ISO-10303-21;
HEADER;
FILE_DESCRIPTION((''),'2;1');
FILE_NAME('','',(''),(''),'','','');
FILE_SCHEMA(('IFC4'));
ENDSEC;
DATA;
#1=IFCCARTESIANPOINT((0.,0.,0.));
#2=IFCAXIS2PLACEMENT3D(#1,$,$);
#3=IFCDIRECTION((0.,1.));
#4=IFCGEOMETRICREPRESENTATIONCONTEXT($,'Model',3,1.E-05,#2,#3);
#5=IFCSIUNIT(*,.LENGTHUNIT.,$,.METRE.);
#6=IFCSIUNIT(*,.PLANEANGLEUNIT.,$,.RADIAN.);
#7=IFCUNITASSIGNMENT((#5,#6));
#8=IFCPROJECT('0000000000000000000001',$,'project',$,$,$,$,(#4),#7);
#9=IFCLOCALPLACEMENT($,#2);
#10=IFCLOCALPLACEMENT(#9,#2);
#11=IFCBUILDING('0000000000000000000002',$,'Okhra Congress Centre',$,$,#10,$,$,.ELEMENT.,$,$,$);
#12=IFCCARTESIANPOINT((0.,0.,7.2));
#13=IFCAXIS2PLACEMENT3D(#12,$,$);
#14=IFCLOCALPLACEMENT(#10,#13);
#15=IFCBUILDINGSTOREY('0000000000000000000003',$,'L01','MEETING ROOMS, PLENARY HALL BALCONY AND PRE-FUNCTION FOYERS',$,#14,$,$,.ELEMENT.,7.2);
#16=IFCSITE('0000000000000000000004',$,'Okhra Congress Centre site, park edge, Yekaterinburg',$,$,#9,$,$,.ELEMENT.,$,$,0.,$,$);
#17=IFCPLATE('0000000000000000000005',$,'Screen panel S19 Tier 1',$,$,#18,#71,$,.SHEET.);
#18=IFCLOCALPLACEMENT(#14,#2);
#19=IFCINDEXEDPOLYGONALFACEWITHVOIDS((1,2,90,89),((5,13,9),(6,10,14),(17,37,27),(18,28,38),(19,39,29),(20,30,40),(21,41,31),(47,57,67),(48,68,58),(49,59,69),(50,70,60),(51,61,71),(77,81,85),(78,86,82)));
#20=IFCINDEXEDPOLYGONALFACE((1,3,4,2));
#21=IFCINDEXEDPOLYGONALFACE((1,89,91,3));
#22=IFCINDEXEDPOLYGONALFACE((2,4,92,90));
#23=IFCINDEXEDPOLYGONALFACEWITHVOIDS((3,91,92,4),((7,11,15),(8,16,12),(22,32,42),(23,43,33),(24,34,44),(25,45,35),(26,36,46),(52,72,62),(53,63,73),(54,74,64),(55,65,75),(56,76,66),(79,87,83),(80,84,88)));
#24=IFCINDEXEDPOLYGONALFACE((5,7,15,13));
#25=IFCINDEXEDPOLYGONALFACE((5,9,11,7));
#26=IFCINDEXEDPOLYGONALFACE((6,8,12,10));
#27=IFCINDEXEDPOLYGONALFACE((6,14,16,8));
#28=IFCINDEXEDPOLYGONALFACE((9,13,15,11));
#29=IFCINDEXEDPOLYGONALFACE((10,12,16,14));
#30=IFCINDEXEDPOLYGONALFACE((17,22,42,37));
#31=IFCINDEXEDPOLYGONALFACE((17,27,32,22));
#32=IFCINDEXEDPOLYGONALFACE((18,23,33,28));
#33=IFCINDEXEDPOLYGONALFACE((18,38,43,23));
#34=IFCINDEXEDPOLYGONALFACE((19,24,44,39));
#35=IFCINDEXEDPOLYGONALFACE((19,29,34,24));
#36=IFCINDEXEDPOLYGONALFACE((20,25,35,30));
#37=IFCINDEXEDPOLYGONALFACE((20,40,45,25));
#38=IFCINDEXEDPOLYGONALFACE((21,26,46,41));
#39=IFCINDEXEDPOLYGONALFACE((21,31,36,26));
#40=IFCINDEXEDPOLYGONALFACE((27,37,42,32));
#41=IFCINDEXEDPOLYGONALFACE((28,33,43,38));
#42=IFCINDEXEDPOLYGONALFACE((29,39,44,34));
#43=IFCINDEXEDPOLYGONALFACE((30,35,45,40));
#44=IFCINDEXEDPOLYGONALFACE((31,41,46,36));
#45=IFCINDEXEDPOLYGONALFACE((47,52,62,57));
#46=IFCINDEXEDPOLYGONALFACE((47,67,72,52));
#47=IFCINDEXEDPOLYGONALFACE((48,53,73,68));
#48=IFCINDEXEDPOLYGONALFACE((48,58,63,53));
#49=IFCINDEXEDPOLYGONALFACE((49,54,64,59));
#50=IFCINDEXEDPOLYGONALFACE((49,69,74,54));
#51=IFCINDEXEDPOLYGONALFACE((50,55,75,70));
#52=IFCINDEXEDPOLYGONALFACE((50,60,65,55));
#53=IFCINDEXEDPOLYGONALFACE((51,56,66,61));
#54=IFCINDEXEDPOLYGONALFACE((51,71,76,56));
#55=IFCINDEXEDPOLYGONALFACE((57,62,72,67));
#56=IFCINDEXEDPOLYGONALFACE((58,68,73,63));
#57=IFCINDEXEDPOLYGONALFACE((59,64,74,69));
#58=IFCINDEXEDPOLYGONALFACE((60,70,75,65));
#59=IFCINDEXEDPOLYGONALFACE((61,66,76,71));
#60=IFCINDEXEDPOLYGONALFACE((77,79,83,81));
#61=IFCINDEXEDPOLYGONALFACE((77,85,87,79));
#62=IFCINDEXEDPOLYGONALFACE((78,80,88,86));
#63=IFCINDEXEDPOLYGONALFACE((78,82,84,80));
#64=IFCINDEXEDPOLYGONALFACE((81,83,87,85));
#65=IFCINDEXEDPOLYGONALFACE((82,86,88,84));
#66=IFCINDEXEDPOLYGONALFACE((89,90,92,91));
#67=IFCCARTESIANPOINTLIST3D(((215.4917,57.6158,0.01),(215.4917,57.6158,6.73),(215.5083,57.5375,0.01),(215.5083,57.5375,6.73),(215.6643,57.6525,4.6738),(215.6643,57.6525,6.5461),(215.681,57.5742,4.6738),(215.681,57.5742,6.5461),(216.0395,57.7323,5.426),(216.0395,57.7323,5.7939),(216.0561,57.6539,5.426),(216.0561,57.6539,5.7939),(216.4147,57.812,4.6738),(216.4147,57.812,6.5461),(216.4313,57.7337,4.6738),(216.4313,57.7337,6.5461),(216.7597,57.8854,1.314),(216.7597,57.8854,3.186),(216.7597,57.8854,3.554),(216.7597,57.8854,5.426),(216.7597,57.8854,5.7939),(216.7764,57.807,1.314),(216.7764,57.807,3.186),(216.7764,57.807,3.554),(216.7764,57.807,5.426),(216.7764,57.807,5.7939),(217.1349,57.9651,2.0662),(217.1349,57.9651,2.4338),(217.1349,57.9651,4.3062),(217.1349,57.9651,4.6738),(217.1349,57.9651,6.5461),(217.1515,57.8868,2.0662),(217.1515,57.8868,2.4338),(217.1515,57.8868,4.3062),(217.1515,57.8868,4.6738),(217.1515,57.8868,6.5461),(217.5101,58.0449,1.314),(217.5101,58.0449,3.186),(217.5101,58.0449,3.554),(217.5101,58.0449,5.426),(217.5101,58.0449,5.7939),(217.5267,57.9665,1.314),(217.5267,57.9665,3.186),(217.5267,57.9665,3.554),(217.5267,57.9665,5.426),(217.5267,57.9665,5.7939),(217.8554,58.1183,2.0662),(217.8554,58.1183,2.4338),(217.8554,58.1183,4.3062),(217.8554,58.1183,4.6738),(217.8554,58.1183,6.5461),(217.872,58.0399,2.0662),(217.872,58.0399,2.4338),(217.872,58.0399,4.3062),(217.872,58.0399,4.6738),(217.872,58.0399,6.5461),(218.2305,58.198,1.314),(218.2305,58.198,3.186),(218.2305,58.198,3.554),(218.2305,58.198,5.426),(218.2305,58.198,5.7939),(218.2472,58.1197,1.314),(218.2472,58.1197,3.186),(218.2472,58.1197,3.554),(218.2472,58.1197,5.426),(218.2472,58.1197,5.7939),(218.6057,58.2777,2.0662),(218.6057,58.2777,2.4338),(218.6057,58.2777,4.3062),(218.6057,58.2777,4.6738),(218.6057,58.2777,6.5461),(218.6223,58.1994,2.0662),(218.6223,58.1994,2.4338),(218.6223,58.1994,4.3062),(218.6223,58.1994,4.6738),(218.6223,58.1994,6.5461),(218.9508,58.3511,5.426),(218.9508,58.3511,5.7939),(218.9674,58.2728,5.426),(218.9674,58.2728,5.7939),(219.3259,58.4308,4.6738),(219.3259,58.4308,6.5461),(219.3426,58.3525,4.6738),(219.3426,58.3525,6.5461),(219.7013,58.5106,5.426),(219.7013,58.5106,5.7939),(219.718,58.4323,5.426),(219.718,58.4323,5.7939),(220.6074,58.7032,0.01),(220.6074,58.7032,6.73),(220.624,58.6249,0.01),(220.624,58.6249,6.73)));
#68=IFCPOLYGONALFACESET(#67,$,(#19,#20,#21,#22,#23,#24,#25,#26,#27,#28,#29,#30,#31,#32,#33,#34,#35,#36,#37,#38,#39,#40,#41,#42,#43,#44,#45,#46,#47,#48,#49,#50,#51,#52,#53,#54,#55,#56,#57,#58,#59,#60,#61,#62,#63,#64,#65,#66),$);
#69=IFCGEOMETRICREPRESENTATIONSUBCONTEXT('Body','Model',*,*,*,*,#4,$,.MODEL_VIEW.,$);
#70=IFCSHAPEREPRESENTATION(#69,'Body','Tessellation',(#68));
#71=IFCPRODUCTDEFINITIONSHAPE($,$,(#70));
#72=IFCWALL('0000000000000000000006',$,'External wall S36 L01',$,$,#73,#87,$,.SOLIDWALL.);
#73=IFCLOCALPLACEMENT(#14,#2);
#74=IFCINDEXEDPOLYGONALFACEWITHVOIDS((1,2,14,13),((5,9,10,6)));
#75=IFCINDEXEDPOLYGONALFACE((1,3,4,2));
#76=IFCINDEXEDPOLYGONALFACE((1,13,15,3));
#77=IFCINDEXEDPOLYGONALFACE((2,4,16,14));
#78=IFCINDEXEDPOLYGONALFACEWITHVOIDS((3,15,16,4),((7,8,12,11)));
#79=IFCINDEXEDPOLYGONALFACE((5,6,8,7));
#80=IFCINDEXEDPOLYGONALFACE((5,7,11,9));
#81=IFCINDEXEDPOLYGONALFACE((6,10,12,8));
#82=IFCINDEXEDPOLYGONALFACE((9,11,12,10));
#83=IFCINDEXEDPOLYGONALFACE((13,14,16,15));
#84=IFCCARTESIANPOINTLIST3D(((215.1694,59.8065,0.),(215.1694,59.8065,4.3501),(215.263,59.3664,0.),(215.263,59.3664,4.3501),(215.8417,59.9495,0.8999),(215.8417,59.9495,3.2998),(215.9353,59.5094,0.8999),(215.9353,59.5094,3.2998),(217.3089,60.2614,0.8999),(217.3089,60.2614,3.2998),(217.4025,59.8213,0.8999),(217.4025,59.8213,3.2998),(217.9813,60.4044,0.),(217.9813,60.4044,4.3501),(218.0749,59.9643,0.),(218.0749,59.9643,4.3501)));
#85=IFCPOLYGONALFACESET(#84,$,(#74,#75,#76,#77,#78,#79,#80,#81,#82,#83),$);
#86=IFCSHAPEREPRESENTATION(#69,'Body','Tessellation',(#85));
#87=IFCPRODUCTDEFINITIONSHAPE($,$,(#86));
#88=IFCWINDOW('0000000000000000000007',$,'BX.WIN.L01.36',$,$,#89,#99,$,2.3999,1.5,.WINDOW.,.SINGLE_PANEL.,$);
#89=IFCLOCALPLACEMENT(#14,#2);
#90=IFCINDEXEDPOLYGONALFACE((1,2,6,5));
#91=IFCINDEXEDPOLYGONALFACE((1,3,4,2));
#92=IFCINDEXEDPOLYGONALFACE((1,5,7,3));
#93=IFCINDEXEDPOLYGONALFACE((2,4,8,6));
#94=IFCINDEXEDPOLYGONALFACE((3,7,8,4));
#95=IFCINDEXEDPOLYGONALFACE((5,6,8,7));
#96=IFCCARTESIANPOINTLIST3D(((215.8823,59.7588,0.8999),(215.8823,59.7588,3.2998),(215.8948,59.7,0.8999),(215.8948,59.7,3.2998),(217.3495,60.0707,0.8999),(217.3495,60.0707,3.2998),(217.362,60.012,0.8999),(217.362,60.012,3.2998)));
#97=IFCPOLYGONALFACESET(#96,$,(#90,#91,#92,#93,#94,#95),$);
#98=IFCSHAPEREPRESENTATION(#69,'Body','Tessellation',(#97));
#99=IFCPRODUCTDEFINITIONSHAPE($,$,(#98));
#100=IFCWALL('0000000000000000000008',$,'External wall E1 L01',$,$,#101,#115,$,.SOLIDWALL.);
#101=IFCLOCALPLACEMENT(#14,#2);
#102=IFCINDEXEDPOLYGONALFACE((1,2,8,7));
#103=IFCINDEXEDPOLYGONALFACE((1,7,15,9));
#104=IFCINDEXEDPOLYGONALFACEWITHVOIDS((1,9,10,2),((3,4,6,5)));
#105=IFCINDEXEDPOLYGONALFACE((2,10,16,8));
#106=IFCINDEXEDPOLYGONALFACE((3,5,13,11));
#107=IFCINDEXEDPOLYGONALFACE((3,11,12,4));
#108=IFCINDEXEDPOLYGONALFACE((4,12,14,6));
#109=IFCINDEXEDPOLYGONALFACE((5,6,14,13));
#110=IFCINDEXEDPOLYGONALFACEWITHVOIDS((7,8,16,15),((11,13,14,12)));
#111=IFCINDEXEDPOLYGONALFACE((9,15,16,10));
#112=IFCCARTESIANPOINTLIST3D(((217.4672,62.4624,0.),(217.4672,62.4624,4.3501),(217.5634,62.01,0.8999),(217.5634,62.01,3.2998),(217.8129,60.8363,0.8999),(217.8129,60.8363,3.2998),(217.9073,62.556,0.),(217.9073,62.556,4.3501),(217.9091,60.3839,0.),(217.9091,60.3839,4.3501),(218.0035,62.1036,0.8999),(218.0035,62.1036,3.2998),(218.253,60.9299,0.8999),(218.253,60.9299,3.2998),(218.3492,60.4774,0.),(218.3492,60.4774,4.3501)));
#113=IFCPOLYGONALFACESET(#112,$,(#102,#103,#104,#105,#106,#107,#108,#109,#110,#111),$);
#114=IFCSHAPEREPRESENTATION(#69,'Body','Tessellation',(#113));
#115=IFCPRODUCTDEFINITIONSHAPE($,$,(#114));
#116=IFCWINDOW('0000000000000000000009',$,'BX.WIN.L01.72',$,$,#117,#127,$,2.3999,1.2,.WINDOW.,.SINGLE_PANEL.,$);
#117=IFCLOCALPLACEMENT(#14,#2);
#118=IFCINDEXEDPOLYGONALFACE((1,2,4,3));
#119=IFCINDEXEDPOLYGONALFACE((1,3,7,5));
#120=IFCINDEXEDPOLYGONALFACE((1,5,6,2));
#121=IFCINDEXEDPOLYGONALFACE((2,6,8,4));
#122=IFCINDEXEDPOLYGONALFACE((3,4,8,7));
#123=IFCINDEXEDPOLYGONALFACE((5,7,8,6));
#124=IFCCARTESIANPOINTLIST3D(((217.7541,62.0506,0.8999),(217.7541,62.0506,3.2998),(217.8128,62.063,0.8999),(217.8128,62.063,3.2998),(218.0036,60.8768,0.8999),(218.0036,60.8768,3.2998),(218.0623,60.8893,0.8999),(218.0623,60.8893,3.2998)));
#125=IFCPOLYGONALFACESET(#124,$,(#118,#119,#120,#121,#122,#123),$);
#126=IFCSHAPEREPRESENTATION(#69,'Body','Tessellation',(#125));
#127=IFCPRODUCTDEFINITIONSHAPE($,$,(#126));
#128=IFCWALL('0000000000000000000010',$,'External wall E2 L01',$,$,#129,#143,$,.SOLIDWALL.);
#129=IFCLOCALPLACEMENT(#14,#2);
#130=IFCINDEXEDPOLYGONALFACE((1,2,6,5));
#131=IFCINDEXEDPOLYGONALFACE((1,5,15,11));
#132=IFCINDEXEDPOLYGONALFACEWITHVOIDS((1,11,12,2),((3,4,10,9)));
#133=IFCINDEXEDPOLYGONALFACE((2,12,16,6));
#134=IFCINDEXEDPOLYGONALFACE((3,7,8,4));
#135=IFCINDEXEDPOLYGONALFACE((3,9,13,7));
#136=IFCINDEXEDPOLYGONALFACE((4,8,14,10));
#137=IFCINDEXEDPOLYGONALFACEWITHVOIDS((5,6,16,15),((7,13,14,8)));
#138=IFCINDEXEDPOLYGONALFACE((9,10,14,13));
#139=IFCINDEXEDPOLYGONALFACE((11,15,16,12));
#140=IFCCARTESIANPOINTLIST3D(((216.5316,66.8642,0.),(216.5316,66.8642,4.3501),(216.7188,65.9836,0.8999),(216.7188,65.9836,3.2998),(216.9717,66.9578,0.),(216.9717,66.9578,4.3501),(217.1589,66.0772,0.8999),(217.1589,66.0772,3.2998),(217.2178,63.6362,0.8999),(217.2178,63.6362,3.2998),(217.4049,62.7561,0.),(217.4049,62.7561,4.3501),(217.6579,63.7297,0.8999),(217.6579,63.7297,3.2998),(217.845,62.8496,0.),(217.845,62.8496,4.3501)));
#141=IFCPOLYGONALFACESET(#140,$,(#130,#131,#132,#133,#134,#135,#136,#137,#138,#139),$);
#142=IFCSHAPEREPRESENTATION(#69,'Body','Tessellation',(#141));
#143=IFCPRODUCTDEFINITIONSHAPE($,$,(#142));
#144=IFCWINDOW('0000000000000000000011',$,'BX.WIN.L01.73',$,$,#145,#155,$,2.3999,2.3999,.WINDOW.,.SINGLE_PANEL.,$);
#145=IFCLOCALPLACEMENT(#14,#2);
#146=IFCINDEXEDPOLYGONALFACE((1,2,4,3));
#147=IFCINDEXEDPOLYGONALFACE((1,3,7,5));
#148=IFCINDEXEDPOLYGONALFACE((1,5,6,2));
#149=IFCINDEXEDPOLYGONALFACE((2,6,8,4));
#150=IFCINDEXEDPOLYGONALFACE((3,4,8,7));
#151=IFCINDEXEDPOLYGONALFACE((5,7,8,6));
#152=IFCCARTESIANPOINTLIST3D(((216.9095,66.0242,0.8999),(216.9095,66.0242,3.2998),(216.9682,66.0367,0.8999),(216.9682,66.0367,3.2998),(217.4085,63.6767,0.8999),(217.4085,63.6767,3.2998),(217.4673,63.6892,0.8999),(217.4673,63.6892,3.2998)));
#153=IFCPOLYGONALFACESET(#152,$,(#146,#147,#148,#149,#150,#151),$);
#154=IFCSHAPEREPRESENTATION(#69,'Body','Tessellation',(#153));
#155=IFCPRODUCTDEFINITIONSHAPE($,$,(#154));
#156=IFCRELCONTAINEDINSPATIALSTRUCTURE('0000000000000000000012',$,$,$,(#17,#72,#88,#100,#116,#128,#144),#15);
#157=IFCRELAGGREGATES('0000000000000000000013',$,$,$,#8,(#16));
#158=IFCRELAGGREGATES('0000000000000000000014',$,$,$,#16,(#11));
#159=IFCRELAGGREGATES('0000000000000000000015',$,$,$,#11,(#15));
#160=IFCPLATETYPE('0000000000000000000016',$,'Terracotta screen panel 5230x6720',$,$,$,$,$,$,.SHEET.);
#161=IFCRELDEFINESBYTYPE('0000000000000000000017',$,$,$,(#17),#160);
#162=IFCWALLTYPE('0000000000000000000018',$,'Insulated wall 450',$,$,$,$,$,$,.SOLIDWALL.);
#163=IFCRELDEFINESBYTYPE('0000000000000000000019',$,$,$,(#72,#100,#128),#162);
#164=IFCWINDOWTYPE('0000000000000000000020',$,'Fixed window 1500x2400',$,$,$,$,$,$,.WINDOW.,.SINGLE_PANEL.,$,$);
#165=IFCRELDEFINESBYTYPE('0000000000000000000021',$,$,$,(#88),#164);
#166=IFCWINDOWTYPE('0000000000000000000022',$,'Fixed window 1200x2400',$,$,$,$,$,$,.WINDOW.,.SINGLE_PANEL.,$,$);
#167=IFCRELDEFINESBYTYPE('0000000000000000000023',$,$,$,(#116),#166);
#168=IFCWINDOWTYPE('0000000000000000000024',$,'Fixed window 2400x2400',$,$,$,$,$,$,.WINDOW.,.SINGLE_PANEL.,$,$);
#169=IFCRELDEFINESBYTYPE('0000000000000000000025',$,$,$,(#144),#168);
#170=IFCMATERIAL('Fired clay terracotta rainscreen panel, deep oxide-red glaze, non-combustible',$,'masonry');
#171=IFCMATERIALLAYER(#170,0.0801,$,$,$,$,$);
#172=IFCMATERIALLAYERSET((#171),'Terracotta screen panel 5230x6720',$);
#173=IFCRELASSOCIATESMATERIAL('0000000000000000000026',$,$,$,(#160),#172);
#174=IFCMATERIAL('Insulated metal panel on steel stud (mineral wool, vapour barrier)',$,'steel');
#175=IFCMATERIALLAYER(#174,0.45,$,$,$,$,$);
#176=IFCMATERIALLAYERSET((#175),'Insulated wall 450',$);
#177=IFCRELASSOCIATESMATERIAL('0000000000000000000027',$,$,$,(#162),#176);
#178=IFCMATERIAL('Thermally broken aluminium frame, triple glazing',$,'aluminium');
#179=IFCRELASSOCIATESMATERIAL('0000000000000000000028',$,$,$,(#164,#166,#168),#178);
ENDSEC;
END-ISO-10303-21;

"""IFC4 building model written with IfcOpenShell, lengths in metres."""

from ifc_helpers import new_model, si_unit, direction, frame, frame_2d, origin, place, context, subcontext, project, spatial, polyline, rectangle, outline, extrude, material, layer, layer_set, type_object, element, fill, save


model = new_model("IFC4")

# Units and contexts
model_context = context("Model", 3, precision=1e-05, world=origin(), true_north=direction((0.0, 1.0)))
body_context = subcontext(model_context, "Body", "Model", "MODEL_VIEW")
ifc_project = project(units=[si_unit("LENGTHUNIT", "METRE"), si_unit("PLANEANGLEUNIT", "RADIAN")], contexts=[model_context])

# Site, building, storey
site_placement = place(None, origin())
site = spatial("IfcSite", under=ifc_project, at=site_placement, Name="Okhra Congress Centre site, park edge, Yekaterinburg", CompositionType="ELEMENT", RefElevation=0.0)
building_placement = place(site_placement, origin())
building = spatial("IfcBuilding", under=site, at=building_placement, Name="Okhra Congress Centre", CompositionType="ELEMENT")
storey_placement = place(building_placement, frame((0.0, 0.0, 7.2)))
storey = spatial("IfcBuildingStorey", under=building, at=storey_placement, Name="L01", Description="MEETING ROOMS, PLENARY HALL BALCONY AND PRE-FUNCTION FOYERS", CompositionType="ELEMENT", Elevation=7.2)

# Plate
ifc_material_1 = material(Name="Fired clay terracotta rainscreen panel, deep oxide-red glaze, non-combustible", Category="masonry")
ifc_layer_1 = layer(ifc_material_1, 0.0801)
ifc_layer_set_1 = layer_set([ifc_layer_1], Name="Terracotta screen panel 5230x6720")
plate_type = type_object("IfcPlateType", Name="Terracotta screen panel 5230x6720", PredefinedType="SHEET", material=ifc_layer_set_1)
plate_placement = place(storey_placement, frame((215.5, 57.5767, 0.01), z_axis=(0.0, 0.0, 1.0), x_axis=(0.978147, 0.207916, 0.0)))
element("IfcPlate", 1, at=plate_placement, inside=storey, type_object=plate_type, Name="Screen panel S19 Tier 1", PredefinedType="SHEET", context=body_context, shape_type="SweptSolid", body=[
    extrude(outline(polyline([(0.0, 0.0), (5.23, 0.0), (5.23, 6.72), (0.0, 6.72), (0.0, 0.0)]), holes=[polyline([(1.2964, 1.304), (2.0635, 1.304), (1.6799, 2.0562), (1.2964, 1.304)]), polyline([(2.4165, 2.0562), (2.8, 1.304), (3.1836, 2.0562), (2.4165, 2.0562)]), polyline([(1.2964, 3.176), (1.6799, 2.4238), (2.0635, 3.176), (1.2964, 3.176)]), polyline([(2.4165, 2.4238), (3.1836, 2.4238), (2.8, 3.176), (2.4165, 2.4238)]), polyline([(1.2964, 3.5439), (2.0635, 3.5439), (1.6799, 4.2961), (1.2964, 3.5439)]), polyline([(2.4165, 4.2961), (2.8, 3.5439), (3.1836, 4.2961), (2.4165, 4.2961)]), polyline([(0.1765, 4.6638), (0.9436, 4.6638), (0.5601, 5.416), (0.1765, 4.6638)]), polyline([(1.2964, 5.416), (1.6799, 4.6638), (2.0635, 5.416), (1.2964, 5.416)]), polyline([(2.4165, 4.6638), (3.1836, 4.6638), (2.8, 5.416), (2.4165, 4.6638)]), polyline([(3.5364, 5.416), (3.9199, 4.6638), (4.3037, 5.416), (3.5364, 5.416)]), polyline([(0.1765, 6.5361), (0.5601, 5.7839), (0.9436, 6.5361), (0.1765, 6.5361)]), polyline([(1.2964, 5.7839), (2.0635, 5.7839), (1.6799, 6.5361), (1.2964, 5.7839)]), polyline([(2.4165, 6.5361), (2.8, 5.7839), (3.1836, 6.5361), (2.4165, 6.5361)]), polyline([(3.5364, 5.7839), (4.3037, 5.7839), (3.9199, 6.5361), (3.5364, 5.7839)])]), frame((0.0, 0.04, 0.0), z_axis=(0.0, -1.0, 0.0), x_axis=(1.0, 0.0, 0.0)), (0.0, 0.0, 1.0), 0.0801),
])

# Walls, openings, windows
ifc_material_2 = material(Name="Insulated metal panel on steel stud (mineral wool, vapour barrier)", Category="steel")
ifc_layer_2 = layer(ifc_material_2, 0.45)
ifc_layer_set_2 = layer_set([ifc_layer_2], Name="Insulated wall 450")
wall_type = type_object("IfcWallType", Name="Insulated wall 450", PredefinedType="SOLIDWALL", material=ifc_layer_set_2)
wall_1_placement = place(storey_placement, frame((215.2161, 59.5864, 0.0), z_axis=(0.0, 0.0, 1.0), x_axis=(0.978134, 0.207975, 0.0)))
wall_1 = element("IfcWall", 2, at=wall_1_placement, inside=storey, type_object=wall_type, Name="External wall S36 L01", PredefinedType="SOLIDWALL", context=body_context, shape_type="SweptSolid", body=[
    extrude(rectangle(XDim=2.8748, YDim=0.45, at=frame_2d((1.4375, 0.0))), origin(), (0.0, 0.0, 1.0), 4.3501),
])
opening_1_placement = place(wall_1_placement, frame((0.6875, 0.0, 0.8999)))
opening_1 = element("IfcOpeningElement", 3, at=opening_1_placement, cuts=wall_1, PredefinedType="OPENING", context=body_context, shape_type="SweptSolid", body=[
    extrude(rectangle(XDim=1.5, YDim=2.3999, at=frame_2d((0.75, 1.2))), frame((0.0, 0.2349, 0.0), z_axis=(0.0, -1.0, 0.0), x_axis=(1.0, 0.0, 0.0)), (0.0, 0.0, 1.0), 0.47),
])
ifc_material_3 = material(Name="Thermally broken aluminium frame, triple glazing", Category="aluminium")
window_type_1 = type_object("IfcWindowType", Name="Fixed window 1500x2400", PartitioningType="SINGLE_PANEL", PredefinedType="WINDOW", material=ifc_material_3)
window_1_placement = place(opening_1_placement, origin())
window_1 = element("IfcWindow", 4, at=window_1_placement, inside=storey, type_object=window_type_1, Name="BX.WIN.L01.36", OverallHeight=2.3999, OverallWidth=1.5, PartitioningType="SINGLE_PANEL", PredefinedType="WINDOW", context=body_context, shape_type="SweptSolid", body=[
    extrude(rectangle(XDim=1.5, YDim=2.3999, at=frame_2d((0.75, 1.2))), frame((0.0, 0.03, 0.0), z_axis=(0.0, -1.0, 0.0), x_axis=(1.0, 0.0, 0.0)), (0.0, 0.0, 1.0), 0.0601),
])
fill(opening_1, window_1)
wall_2_placement = place(storey_placement, frame((218.1292, 60.4307, 0.0), z_axis=(0.0, 0.0, 1.0), x_axis=(-0.207944, 0.978141, 0.0)))
wall_2 = element("IfcWall", 5, at=wall_2_placement, inside=storey, type_object=wall_type, Name="External wall E1 L01", PredefinedType="SOLIDWALL", context=body_context, shape_type="SweptSolid", body=[
    extrude(rectangle(XDim=2.125, YDim=0.45, at=frame_2d((1.0625, 0.0))), origin(), (0.0, 0.0, 1.0), 4.3501),
])
opening_2_placement = place(wall_2_placement, frame((0.4624, 0.0, 0.8999)))
opening_2 = element("IfcOpeningElement", 6, at=opening_2_placement, cuts=wall_2, PredefinedType="OPENING", context=body_context, shape_type="SweptSolid", body=[
    extrude(rectangle(XDim=1.2, YDim=2.3999, at=frame_2d((0.6001, 1.2))), frame((0.0, 0.2349, 0.0), z_axis=(0.0, -1.0, 0.0), x_axis=(1.0, 0.0, 0.0)), (0.0, 0.0, 1.0), 0.47),
])
window_type_2 = type_object("IfcWindowType", Name="Fixed window 1200x2400", PartitioningType="SINGLE_PANEL", PredefinedType="WINDOW", material=ifc_material_3)
window_2_placement = place(opening_2_placement, origin())
window_2 = element("IfcWindow", 7, at=window_2_placement, inside=storey, type_object=window_type_2, Name="BX.WIN.L01.72", OverallHeight=2.3999, OverallWidth=1.2, PartitioningType="SINGLE_PANEL", PredefinedType="WINDOW", context=body_context, shape_type="SweptSolid", body=[
    extrude(rectangle(XDim=1.2, YDim=2.3999, at=frame_2d((0.6001, 1.2))), frame((0.0, 0.03, 0.0), z_axis=(0.0, -1.0, 0.0), x_axis=(1.0, 0.0, 0.0)), (0.0, 0.0, 1.0), 0.0601),
])
fill(opening_2, window_2)
wall_3_placement = place(storey_placement, frame((217.625, 62.8027, 0.0), z_axis=(0.0, 0.0, 1.0), x_axis=(-0.207929, 0.978144, 0.0)))
wall_3 = element("IfcWall", 8, at=wall_3_placement, inside=storey, type_object=wall_type, Name="External wall E2 L01", PredefinedType="SOLIDWALL", context=body_context, shape_type="SweptSolid", body=[
    extrude(rectangle(XDim=4.2, YDim=0.45, at=frame_2d((2.1001, 0.0))), origin(), (0.0, 0.0, 1.0), 4.3501),
])
opening_3_placement = place(wall_3_placement, frame((0.8999, 0.0, 0.8999)))
opening_3 = element("IfcOpeningElement", 9, at=opening_3_placement, cuts=wall_3, PredefinedType="OPENING", context=body_context, shape_type="SweptSolid", body=[
    extrude(rectangle(XDim=2.3999, YDim=2.3999, at=frame_2d((1.2, 1.2))), frame((0.0, 0.2349, 0.0), z_axis=(0.0, -1.0, 0.0), x_axis=(1.0, 0.0, 0.0)), (0.0, 0.0, 1.0), 0.47),
])
window_type_3 = type_object("IfcWindowType", Name="Fixed window 2400x2400", PartitioningType="SINGLE_PANEL", PredefinedType="WINDOW", material=ifc_material_3)
window_3_placement = place(opening_3_placement, origin())
window_3 = element("IfcWindow", 10, at=window_3_placement, inside=storey, type_object=window_type_3, Name="BX.WIN.L01.73", OverallHeight=2.3999, OverallWidth=2.3999, PartitioningType="SINGLE_PANEL", PredefinedType="WINDOW", context=body_context, shape_type="SweptSolid", body=[
    extrude(rectangle(XDim=2.3999, YDim=2.3999, at=frame_2d((1.2, 1.2))), frame((0.0, 0.03, 0.0), z_axis=(0.0, -1.0, 0.0), x_axis=(1.0, 0.0, 0.0)), (0.0, 0.0, 1.0), 0.0601),
])
fill(opening_3, window_3)

save(model, "model.ifc")
